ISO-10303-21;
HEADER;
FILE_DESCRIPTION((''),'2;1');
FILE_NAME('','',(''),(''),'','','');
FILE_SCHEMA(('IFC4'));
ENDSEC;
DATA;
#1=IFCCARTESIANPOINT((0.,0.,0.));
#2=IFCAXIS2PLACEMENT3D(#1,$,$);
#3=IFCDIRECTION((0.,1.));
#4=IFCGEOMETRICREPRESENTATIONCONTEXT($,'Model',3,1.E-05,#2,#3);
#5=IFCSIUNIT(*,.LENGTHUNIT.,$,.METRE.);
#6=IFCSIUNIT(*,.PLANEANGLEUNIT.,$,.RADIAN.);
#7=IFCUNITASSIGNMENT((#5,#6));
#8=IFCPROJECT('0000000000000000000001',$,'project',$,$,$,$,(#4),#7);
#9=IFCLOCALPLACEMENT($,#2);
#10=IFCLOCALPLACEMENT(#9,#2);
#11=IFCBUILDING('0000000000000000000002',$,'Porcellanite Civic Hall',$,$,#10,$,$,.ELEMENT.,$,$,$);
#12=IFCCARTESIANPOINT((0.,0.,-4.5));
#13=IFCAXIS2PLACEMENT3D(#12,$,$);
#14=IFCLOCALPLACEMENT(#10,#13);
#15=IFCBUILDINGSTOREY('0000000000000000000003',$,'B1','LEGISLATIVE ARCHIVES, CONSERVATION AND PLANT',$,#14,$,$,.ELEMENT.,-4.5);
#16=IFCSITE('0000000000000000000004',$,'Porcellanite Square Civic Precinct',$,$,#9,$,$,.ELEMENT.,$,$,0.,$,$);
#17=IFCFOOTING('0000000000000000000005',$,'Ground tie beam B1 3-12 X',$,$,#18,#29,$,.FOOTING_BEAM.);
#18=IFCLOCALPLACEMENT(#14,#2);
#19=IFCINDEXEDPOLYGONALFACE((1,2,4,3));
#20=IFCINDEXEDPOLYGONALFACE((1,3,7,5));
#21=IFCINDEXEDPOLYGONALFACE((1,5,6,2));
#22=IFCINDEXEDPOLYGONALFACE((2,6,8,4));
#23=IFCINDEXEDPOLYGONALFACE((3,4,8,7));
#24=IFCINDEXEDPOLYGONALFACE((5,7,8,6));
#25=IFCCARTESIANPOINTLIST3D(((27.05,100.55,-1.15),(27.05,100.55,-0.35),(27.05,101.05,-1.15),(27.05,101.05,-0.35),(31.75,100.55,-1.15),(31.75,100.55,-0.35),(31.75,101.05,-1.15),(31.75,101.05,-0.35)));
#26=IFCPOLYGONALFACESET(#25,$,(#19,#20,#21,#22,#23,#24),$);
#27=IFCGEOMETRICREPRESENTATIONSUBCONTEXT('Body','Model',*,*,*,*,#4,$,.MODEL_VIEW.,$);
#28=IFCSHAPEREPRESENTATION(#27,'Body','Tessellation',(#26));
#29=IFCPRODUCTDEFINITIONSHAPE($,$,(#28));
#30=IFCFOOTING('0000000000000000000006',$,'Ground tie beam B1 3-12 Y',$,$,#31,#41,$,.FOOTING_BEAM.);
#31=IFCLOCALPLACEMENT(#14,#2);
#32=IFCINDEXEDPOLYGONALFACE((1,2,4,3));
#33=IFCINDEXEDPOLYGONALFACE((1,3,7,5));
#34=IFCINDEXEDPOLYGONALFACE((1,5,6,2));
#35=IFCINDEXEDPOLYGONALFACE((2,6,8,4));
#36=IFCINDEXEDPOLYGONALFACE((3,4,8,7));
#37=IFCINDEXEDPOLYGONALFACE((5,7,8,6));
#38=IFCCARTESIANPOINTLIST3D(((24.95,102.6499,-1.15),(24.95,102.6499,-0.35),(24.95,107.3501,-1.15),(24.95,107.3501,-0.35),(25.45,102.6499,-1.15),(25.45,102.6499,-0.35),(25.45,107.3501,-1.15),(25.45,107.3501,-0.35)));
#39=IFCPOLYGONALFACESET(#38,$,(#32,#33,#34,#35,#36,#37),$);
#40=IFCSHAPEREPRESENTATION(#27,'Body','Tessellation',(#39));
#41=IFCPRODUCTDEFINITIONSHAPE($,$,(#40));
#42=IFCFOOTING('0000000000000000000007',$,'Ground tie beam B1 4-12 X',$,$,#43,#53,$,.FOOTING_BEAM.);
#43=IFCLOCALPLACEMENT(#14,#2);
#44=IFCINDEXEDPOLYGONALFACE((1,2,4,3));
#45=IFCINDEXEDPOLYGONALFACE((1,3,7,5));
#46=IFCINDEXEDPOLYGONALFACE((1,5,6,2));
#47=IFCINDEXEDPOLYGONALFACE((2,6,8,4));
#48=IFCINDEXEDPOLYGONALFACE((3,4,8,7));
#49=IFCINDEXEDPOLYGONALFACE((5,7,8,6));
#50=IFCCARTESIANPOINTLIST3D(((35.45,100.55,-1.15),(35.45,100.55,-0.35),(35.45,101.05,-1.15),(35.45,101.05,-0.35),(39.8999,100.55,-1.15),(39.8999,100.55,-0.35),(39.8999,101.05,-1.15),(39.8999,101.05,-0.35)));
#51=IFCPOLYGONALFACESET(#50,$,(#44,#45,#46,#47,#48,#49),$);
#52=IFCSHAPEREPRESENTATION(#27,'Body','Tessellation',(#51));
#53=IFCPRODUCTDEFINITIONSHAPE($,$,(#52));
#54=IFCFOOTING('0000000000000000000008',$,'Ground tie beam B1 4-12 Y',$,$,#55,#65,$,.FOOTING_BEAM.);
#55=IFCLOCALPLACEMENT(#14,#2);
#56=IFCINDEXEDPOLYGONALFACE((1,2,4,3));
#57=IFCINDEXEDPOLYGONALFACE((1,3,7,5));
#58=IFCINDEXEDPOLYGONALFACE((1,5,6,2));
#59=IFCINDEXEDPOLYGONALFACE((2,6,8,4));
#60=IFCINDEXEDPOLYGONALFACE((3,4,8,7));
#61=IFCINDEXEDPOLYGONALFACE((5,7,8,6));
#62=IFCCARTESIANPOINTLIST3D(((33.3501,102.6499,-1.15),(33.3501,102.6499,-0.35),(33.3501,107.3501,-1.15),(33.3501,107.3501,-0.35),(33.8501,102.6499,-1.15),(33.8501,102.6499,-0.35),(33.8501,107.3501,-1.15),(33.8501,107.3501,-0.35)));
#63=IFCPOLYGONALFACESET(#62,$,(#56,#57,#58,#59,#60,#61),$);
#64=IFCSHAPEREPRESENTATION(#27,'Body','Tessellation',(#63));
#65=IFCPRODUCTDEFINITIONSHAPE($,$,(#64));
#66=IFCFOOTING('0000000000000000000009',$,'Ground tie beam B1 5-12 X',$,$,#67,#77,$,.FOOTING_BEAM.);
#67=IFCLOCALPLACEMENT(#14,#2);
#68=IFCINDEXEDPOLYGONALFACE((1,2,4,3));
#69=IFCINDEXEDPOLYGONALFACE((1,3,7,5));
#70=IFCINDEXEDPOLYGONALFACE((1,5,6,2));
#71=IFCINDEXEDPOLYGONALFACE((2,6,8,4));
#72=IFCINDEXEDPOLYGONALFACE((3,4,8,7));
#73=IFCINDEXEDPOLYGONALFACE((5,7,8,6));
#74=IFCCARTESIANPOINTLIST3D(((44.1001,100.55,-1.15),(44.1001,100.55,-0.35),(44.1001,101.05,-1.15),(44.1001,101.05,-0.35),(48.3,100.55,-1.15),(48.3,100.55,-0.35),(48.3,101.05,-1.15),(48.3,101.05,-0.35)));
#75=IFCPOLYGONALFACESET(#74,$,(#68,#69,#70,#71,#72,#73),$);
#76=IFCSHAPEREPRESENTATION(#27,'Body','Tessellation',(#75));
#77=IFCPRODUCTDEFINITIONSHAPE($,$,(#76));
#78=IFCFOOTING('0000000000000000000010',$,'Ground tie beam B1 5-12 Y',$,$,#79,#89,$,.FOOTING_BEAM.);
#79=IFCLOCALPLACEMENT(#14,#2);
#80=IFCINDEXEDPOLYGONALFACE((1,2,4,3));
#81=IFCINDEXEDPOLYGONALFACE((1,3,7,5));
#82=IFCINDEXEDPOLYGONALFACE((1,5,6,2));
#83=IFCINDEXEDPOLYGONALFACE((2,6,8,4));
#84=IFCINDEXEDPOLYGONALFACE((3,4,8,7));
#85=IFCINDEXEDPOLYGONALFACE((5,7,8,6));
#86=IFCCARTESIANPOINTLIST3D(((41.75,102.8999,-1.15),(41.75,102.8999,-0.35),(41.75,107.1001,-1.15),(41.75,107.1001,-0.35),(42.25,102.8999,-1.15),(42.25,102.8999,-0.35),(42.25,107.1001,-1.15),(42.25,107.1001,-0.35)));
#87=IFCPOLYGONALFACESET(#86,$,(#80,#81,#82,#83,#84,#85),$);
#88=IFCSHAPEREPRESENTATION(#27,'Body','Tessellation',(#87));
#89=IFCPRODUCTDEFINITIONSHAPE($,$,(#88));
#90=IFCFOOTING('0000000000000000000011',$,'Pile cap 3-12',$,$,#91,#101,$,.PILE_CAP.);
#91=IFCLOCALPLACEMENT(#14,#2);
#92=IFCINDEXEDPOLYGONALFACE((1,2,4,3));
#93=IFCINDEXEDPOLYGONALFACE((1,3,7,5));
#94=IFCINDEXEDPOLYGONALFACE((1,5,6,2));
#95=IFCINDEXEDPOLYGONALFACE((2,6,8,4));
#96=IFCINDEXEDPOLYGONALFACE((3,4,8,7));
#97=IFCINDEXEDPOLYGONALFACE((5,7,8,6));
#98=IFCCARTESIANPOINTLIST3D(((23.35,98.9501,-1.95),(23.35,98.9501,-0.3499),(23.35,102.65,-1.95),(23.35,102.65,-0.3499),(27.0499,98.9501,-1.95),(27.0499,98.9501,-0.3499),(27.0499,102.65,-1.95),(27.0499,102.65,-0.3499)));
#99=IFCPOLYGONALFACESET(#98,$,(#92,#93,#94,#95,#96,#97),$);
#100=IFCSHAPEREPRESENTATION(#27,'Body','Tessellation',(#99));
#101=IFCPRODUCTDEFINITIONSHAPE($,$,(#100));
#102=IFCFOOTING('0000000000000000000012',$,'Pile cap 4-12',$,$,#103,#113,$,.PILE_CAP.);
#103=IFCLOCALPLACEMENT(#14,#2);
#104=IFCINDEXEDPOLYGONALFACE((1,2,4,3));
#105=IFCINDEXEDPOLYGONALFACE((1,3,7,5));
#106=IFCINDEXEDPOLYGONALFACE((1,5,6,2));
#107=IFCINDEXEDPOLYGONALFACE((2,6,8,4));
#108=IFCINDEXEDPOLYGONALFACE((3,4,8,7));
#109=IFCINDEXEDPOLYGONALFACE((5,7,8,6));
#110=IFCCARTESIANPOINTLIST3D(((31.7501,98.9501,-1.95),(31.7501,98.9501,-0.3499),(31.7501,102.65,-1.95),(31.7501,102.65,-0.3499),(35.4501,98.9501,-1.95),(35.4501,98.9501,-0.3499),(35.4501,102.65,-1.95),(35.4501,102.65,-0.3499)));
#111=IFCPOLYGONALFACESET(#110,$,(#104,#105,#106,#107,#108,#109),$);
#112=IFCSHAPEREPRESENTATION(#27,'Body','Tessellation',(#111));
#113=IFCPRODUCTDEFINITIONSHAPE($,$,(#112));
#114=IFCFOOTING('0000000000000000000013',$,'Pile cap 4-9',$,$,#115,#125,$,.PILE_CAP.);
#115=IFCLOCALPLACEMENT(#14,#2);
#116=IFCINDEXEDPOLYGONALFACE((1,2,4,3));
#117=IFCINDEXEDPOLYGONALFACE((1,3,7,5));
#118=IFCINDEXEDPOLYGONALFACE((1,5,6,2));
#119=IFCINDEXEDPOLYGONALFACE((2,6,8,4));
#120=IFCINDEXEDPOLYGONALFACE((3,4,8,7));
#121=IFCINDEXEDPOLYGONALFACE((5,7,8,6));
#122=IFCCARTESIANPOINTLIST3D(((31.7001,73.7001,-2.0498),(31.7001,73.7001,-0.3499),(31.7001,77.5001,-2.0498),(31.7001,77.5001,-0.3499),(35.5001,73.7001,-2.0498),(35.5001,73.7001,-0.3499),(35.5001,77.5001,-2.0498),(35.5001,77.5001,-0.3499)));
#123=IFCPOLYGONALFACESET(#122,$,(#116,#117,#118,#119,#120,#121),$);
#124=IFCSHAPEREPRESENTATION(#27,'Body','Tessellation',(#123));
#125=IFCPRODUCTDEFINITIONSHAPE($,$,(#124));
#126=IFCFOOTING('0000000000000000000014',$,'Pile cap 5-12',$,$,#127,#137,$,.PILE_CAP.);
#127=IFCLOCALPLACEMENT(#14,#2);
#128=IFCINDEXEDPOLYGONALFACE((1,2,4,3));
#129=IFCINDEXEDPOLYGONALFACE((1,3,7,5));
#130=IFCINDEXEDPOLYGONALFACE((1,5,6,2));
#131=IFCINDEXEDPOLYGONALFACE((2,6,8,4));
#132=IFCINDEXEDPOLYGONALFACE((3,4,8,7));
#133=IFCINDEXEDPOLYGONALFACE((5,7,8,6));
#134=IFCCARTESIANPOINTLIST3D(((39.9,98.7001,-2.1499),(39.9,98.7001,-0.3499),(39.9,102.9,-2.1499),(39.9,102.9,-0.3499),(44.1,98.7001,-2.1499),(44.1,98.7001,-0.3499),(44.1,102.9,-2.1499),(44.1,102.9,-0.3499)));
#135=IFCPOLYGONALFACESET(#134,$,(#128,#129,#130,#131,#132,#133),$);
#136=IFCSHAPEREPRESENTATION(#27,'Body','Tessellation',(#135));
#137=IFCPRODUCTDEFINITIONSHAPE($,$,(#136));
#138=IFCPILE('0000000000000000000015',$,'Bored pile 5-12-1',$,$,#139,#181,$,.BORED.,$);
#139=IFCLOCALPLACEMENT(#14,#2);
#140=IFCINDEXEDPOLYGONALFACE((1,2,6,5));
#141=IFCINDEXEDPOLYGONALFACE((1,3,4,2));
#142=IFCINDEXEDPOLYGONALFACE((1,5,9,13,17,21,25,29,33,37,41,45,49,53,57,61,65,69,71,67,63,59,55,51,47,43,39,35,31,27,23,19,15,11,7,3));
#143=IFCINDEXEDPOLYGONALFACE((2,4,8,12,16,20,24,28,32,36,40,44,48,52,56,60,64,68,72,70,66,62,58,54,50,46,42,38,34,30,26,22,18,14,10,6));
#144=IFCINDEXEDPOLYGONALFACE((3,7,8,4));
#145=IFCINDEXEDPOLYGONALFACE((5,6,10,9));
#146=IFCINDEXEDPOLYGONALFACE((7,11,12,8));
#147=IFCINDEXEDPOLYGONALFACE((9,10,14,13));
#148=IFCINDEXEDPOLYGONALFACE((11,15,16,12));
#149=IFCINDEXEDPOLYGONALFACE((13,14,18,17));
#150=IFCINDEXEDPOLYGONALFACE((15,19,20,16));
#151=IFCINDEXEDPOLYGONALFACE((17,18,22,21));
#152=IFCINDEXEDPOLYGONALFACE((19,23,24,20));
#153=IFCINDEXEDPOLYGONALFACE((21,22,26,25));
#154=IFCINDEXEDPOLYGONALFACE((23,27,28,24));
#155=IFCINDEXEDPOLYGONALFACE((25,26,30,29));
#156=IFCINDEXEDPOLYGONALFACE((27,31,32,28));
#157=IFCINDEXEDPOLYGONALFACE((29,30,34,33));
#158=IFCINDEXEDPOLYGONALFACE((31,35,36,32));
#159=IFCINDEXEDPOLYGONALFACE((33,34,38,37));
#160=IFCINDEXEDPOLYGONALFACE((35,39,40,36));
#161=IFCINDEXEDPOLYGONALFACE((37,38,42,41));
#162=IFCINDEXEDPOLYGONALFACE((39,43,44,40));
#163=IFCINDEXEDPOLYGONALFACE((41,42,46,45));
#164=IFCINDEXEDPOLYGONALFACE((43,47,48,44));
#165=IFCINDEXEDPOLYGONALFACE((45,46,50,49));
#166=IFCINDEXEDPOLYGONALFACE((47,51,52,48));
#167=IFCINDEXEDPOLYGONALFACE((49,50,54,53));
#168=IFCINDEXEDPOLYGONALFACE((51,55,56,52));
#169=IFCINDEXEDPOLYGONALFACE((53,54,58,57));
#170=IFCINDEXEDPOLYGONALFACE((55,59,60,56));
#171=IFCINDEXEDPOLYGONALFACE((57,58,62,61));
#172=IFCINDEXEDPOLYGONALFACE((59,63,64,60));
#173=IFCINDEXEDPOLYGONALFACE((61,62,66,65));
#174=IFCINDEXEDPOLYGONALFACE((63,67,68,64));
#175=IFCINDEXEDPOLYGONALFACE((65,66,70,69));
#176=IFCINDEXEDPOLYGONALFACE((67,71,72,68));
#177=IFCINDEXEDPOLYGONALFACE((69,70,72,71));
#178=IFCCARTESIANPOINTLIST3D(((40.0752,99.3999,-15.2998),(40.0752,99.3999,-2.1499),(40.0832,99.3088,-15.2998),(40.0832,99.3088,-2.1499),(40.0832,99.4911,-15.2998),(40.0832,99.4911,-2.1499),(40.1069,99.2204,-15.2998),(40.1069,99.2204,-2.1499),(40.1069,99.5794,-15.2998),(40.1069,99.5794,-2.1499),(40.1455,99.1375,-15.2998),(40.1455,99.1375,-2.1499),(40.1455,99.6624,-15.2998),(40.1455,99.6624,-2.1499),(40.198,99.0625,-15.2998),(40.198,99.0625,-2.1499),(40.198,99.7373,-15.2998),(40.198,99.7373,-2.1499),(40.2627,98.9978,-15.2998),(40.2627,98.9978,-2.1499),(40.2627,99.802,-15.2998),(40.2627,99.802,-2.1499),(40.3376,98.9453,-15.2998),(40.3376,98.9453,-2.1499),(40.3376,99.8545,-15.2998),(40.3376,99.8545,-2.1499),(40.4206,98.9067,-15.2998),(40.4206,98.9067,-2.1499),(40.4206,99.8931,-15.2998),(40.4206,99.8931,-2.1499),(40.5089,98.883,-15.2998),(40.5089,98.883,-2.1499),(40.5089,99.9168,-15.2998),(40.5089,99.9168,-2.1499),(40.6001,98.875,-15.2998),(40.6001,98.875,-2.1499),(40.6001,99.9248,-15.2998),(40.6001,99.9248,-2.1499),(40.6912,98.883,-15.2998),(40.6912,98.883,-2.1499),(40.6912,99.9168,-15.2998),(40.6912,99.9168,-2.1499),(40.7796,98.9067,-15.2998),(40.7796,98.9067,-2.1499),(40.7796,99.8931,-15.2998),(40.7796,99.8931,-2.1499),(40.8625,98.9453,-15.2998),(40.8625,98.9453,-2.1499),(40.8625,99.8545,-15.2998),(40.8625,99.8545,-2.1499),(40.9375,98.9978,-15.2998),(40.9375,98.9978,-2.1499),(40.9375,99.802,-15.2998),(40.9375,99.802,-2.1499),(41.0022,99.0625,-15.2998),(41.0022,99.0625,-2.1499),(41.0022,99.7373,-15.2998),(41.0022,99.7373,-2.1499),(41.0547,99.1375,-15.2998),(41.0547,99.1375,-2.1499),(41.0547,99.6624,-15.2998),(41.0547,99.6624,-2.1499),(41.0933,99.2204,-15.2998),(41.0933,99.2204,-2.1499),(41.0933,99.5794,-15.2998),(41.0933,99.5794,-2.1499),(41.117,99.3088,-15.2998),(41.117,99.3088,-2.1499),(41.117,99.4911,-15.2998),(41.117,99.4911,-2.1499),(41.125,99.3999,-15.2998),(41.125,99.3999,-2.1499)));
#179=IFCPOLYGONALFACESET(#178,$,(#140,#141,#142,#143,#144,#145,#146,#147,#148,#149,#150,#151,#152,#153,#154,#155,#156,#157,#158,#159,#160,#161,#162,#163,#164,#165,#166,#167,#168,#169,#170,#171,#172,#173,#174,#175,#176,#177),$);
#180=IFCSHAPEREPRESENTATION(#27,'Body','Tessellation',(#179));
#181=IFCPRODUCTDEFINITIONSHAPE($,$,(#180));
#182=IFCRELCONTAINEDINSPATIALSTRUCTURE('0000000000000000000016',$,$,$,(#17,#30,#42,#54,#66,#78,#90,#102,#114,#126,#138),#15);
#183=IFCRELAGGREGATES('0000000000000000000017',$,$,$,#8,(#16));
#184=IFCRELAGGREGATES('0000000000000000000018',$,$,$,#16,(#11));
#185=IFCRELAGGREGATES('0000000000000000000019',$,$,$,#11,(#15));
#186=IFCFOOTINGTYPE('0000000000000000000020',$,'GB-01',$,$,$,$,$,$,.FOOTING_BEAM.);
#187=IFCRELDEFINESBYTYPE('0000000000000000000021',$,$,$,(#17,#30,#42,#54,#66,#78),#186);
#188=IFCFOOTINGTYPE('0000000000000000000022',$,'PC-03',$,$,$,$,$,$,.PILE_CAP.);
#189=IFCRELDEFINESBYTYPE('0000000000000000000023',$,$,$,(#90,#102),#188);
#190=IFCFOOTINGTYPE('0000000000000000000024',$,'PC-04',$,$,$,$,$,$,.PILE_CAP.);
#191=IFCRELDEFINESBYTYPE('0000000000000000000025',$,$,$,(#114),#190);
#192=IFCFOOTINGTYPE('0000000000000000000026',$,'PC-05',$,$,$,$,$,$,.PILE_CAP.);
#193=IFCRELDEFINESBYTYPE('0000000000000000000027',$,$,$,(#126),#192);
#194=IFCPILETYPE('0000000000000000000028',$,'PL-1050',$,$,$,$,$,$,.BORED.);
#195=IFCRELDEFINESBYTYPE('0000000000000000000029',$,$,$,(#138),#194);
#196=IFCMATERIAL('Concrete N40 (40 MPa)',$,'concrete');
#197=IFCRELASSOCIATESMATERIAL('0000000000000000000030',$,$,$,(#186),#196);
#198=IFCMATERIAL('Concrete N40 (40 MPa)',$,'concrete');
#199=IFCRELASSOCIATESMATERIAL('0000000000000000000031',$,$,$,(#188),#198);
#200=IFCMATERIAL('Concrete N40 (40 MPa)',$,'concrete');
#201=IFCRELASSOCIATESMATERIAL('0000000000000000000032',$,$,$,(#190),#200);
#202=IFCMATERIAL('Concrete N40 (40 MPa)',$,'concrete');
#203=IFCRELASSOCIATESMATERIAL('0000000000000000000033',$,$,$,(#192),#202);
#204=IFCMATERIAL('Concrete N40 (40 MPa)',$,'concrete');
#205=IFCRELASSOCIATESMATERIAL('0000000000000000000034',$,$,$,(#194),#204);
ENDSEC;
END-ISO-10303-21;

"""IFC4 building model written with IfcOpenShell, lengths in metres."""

from ifc_helpers import new_model, si_unit, direction, frame, origin, origin_2d, place, context, subcontext, project, spatial, rectangle, circle, extrude, material, material_profile, profile_set, type_object, element, save


model = new_model("IFC4")

# Units and contexts
model_context = context("Model", 3, precision=1e-05, world=origin(), true_north=direction((0.0, 1.0)))
body_context = subcontext(model_context, "Body", "Model", "MODEL_VIEW")
ifc_project = project(units=[si_unit("LENGTHUNIT", "METRE"), si_unit("PLANEANGLEUNIT", "RADIAN")], contexts=[model_context])

# Site, building, storey
site_placement = place(None, origin())
site = spatial("IfcSite", under=ifc_project, at=site_placement, Name="Porcellanite Square Civic Precinct", CompositionType="ELEMENT", RefElevation=0.0)
building_placement = place(site_placement, origin())
building = spatial("IfcBuilding", under=site, at=building_placement, Name="Porcellanite Civic Hall", CompositionType="ELEMENT")
storey_placement = place(building_placement, frame((0.0, 0.0, -4.5)))
storey = spatial("IfcBuildingStorey", under=building, at=storey_placement, Name="B1", Description="LEGISLATIVE ARCHIVES, CONSERVATION AND PLANT", CompositionType="ELEMENT", Elevation=-4.5)

# Footings
ifc_material_1 = material(Name="Concrete N40 (40 MPa)", Category="concrete")
ifc_material_profile_1 = material_profile(ifc_material_1, rectangle(XDim=0.5, YDim=0.8, at=origin_2d()), Name="RC-500x800")
ifc_profile_set_1 = profile_set([ifc_material_profile_1], Name="Concrete N40 (40 MPa)")
footing_type_1 = type_object("IfcFootingType", Name="GB-01", PredefinedType="FOOTING_BEAM", material=ifc_profile_set_1)
footing_1_placement = place(storey_placement, frame((27.05, 100.8, -0.75), z_axis=(1.0, 0.0, 0.0), x_axis=(0.0, 1.0, 0.0)))
element("IfcFooting", 1, at=footing_1_placement, inside=storey, type_object=footing_type_1, Name="Ground tie beam B1 3-12 X", PredefinedType="FOOTING_BEAM", context=body_context, shape_type="SweptSolid", body=[
    extrude(rectangle(XDim=0.5, YDim=0.8, at=origin_2d()), origin(), (0.0, 0.0, 1.0), 4.7),
])
footing_2_placement = place(storey_placement, frame((25.2, 102.6499, -0.75), z_axis=(0.0, 1.0, 0.0), x_axis=(-1.0, 0.0, 0.0)))
element("IfcFooting", 2, at=footing_2_placement, inside=storey, type_object=footing_type_1, Name="Ground tie beam B1 3-12 Y", PredefinedType="FOOTING_BEAM", context=body_context, shape_type="SweptSolid", body=[
    extrude(rectangle(XDim=0.5, YDim=0.8, at=origin_2d()), origin(), (0.0, 0.0, 1.0), 4.7002),
])
footing_3_placement = place(storey_placement, frame((35.45, 100.8, -0.75), z_axis=(1.0, 0.0, 0.0), x_axis=(0.0, 1.0, 0.0)))
element("IfcFooting", 3, at=footing_3_placement, inside=storey, type_object=footing_type_1, Name="Ground tie beam B1 4-12 X", PredefinedType="FOOTING_BEAM", context=body_context, shape_type="SweptSolid", body=[
    extrude(rectangle(XDim=0.5, YDim=0.8, at=origin_2d()), origin(), (0.0, 0.0, 1.0), 4.45),
])
footing_4_placement = place(storey_placement, frame((33.6001, 102.6499, -0.75), z_axis=(0.0, 1.0, 0.0), x_axis=(-1.0, 0.0, 0.0)))
element("IfcFooting", 4, at=footing_4_placement, inside=storey, type_object=footing_type_1, Name="Ground tie beam B1 4-12 Y", PredefinedType="FOOTING_BEAM", context=body_context, shape_type="SweptSolid", body=[
    extrude(rectangle(XDim=0.5, YDim=0.8, at=origin_2d()), origin(), (0.0, 0.0, 1.0), 4.7002),
])
footing_5_placement = place(storey_placement, frame((44.1001, 100.8, -0.75), z_axis=(1.0, 0.0, 0.0), x_axis=(0.0, 1.0, 0.0)))
element("IfcFooting", 5, at=footing_5_placement, inside=storey, type_object=footing_type_1, Name="Ground tie beam B1 5-12 X", PredefinedType="FOOTING_BEAM", context=body_context, shape_type="SweptSolid", body=[
    extrude(rectangle(XDim=0.5, YDim=0.8, at=origin_2d()), origin(), (0.0, 0.0, 1.0), 4.2),
])
footing_6_placement = place(storey_placement, frame((42.0, 102.8999, -0.75), z_axis=(0.0, 1.0, 0.0), x_axis=(-1.0, 0.0, 0.0)))
element("IfcFooting", 6, at=footing_6_placement, inside=storey, type_object=footing_type_1, Name="Ground tie beam B1 5-12 Y", PredefinedType="FOOTING_BEAM", context=body_context, shape_type="SweptSolid", body=[
    extrude(rectangle(XDim=0.5, YDim=0.8, at=origin_2d()), origin(), (0.0, 0.0, 1.0), 4.2002),
])
ifc_material_2 = material(Name="Concrete N40 (40 MPa)", Category="concrete")
footing_type_2 = type_object("IfcFootingType", Name="PC-03", PredefinedType="PILE_CAP", material=ifc_material_2)
for number, where, z_axis, x_axis, name in (
    (7, (25.2, 100.8, -1.95), (0.0, 0.0, 1.0), (1.0, 0.0, 0.0), "Pile cap 3-12"),
    (8, (33.6001, 100.8, -1.95), (0.0, 0.0, 1.0), (1.0, 0.0, 0.0), "Pile cap 4-12"),
):
    element("IfcFooting", number, at=place(storey_placement, frame(where, z_axis=z_axis, x_axis=x_axis)), inside=storey, type_object=footing_type_2, Name=name, PredefinedType="PILE_CAP", context=body_context, shape_type="SweptSolid", body=[
        extrude(rectangle(XDim=3.7, YDim=3.7, at=origin_2d()), origin(), (0.0, 0.0, 1.0), 1.6001),
    ])
ifc_material_3 = material(Name="Concrete N40 (40 MPa)", Category="concrete")
footing_type_3 = type_object("IfcFootingType", Name="PC-04", PredefinedType="PILE_CAP", material=ifc_material_3)
footing_7_placement = place(storey_placement, frame((33.6001, 75.6001, -2.0498), z_axis=(0.0, 0.0, 1.0), x_axis=(1.0, 0.0, 0.0)))
element("IfcFooting", 9, at=footing_7_placement, inside=storey, type_object=footing_type_3, Name="Pile cap 4-9", PredefinedType="PILE_CAP", context=body_context, shape_type="SweptSolid", body=[
    extrude(rectangle(XDim=3.8, YDim=3.8, at=origin_2d()), origin(), (0.0, 0.0, 1.0), 1.7),
])
ifc_material_4 = material(Name="Concrete N40 (40 MPa)", Category="concrete")
footing_type_4 = type_object("IfcFootingType", Name="PC-05", PredefinedType="PILE_CAP", material=ifc_material_4)
footing_8_placement = place(storey_placement, frame((42.0, 100.8, -2.1499), z_axis=(0.0, 0.0, 1.0), x_axis=(1.0, 0.0, 0.0)))
element("IfcFooting", 10, at=footing_8_placement, inside=storey, type_object=footing_type_4, Name="Pile cap 5-12", PredefinedType="PILE_CAP", context=body_context, shape_type="SweptSolid", body=[
    extrude(rectangle(XDim=4.2, YDim=4.2, at=origin_2d()), origin(), (0.0, 0.0, 1.0), 1.8),
])

# Pile
ifc_material_5 = material(Name="Concrete N40 (40 MPa)", Category="concrete")
ifc_material_profile_2 = material_profile(ifc_material_5, circle(Radius=0.5249, at=origin_2d()), Name="PILE-D1050")
ifc_profile_set_2 = profile_set([ifc_material_profile_2], Name="Concrete N40 (40 MPa)")
pile_type_1 = type_object("IfcPileType", Name="PL-1050", PredefinedType="BORED", material=ifc_profile_set_2)
for number, where, z_axis, x_axis, name in (
    (11, (40.6001, 99.3999, -2.1499), (0.0, 0.0, -1.0), (1.0, 0.0, 0.0), "Bored pile 5-12-1"),
):
    element("IfcPile", number, at=place(storey_placement, frame(where, z_axis=z_axis, x_axis=x_axis)), inside=storey, type_object=pile_type_1, Name=name, PredefinedType="BORED", context=body_context, shape_type="SweptSolid", body=[
        extrude(circle(Radius=0.5249, at=origin_2d()), origin(), (0.0, 0.0, 1.0), 13.1499),
    ])

save(model, "model.ifc")
